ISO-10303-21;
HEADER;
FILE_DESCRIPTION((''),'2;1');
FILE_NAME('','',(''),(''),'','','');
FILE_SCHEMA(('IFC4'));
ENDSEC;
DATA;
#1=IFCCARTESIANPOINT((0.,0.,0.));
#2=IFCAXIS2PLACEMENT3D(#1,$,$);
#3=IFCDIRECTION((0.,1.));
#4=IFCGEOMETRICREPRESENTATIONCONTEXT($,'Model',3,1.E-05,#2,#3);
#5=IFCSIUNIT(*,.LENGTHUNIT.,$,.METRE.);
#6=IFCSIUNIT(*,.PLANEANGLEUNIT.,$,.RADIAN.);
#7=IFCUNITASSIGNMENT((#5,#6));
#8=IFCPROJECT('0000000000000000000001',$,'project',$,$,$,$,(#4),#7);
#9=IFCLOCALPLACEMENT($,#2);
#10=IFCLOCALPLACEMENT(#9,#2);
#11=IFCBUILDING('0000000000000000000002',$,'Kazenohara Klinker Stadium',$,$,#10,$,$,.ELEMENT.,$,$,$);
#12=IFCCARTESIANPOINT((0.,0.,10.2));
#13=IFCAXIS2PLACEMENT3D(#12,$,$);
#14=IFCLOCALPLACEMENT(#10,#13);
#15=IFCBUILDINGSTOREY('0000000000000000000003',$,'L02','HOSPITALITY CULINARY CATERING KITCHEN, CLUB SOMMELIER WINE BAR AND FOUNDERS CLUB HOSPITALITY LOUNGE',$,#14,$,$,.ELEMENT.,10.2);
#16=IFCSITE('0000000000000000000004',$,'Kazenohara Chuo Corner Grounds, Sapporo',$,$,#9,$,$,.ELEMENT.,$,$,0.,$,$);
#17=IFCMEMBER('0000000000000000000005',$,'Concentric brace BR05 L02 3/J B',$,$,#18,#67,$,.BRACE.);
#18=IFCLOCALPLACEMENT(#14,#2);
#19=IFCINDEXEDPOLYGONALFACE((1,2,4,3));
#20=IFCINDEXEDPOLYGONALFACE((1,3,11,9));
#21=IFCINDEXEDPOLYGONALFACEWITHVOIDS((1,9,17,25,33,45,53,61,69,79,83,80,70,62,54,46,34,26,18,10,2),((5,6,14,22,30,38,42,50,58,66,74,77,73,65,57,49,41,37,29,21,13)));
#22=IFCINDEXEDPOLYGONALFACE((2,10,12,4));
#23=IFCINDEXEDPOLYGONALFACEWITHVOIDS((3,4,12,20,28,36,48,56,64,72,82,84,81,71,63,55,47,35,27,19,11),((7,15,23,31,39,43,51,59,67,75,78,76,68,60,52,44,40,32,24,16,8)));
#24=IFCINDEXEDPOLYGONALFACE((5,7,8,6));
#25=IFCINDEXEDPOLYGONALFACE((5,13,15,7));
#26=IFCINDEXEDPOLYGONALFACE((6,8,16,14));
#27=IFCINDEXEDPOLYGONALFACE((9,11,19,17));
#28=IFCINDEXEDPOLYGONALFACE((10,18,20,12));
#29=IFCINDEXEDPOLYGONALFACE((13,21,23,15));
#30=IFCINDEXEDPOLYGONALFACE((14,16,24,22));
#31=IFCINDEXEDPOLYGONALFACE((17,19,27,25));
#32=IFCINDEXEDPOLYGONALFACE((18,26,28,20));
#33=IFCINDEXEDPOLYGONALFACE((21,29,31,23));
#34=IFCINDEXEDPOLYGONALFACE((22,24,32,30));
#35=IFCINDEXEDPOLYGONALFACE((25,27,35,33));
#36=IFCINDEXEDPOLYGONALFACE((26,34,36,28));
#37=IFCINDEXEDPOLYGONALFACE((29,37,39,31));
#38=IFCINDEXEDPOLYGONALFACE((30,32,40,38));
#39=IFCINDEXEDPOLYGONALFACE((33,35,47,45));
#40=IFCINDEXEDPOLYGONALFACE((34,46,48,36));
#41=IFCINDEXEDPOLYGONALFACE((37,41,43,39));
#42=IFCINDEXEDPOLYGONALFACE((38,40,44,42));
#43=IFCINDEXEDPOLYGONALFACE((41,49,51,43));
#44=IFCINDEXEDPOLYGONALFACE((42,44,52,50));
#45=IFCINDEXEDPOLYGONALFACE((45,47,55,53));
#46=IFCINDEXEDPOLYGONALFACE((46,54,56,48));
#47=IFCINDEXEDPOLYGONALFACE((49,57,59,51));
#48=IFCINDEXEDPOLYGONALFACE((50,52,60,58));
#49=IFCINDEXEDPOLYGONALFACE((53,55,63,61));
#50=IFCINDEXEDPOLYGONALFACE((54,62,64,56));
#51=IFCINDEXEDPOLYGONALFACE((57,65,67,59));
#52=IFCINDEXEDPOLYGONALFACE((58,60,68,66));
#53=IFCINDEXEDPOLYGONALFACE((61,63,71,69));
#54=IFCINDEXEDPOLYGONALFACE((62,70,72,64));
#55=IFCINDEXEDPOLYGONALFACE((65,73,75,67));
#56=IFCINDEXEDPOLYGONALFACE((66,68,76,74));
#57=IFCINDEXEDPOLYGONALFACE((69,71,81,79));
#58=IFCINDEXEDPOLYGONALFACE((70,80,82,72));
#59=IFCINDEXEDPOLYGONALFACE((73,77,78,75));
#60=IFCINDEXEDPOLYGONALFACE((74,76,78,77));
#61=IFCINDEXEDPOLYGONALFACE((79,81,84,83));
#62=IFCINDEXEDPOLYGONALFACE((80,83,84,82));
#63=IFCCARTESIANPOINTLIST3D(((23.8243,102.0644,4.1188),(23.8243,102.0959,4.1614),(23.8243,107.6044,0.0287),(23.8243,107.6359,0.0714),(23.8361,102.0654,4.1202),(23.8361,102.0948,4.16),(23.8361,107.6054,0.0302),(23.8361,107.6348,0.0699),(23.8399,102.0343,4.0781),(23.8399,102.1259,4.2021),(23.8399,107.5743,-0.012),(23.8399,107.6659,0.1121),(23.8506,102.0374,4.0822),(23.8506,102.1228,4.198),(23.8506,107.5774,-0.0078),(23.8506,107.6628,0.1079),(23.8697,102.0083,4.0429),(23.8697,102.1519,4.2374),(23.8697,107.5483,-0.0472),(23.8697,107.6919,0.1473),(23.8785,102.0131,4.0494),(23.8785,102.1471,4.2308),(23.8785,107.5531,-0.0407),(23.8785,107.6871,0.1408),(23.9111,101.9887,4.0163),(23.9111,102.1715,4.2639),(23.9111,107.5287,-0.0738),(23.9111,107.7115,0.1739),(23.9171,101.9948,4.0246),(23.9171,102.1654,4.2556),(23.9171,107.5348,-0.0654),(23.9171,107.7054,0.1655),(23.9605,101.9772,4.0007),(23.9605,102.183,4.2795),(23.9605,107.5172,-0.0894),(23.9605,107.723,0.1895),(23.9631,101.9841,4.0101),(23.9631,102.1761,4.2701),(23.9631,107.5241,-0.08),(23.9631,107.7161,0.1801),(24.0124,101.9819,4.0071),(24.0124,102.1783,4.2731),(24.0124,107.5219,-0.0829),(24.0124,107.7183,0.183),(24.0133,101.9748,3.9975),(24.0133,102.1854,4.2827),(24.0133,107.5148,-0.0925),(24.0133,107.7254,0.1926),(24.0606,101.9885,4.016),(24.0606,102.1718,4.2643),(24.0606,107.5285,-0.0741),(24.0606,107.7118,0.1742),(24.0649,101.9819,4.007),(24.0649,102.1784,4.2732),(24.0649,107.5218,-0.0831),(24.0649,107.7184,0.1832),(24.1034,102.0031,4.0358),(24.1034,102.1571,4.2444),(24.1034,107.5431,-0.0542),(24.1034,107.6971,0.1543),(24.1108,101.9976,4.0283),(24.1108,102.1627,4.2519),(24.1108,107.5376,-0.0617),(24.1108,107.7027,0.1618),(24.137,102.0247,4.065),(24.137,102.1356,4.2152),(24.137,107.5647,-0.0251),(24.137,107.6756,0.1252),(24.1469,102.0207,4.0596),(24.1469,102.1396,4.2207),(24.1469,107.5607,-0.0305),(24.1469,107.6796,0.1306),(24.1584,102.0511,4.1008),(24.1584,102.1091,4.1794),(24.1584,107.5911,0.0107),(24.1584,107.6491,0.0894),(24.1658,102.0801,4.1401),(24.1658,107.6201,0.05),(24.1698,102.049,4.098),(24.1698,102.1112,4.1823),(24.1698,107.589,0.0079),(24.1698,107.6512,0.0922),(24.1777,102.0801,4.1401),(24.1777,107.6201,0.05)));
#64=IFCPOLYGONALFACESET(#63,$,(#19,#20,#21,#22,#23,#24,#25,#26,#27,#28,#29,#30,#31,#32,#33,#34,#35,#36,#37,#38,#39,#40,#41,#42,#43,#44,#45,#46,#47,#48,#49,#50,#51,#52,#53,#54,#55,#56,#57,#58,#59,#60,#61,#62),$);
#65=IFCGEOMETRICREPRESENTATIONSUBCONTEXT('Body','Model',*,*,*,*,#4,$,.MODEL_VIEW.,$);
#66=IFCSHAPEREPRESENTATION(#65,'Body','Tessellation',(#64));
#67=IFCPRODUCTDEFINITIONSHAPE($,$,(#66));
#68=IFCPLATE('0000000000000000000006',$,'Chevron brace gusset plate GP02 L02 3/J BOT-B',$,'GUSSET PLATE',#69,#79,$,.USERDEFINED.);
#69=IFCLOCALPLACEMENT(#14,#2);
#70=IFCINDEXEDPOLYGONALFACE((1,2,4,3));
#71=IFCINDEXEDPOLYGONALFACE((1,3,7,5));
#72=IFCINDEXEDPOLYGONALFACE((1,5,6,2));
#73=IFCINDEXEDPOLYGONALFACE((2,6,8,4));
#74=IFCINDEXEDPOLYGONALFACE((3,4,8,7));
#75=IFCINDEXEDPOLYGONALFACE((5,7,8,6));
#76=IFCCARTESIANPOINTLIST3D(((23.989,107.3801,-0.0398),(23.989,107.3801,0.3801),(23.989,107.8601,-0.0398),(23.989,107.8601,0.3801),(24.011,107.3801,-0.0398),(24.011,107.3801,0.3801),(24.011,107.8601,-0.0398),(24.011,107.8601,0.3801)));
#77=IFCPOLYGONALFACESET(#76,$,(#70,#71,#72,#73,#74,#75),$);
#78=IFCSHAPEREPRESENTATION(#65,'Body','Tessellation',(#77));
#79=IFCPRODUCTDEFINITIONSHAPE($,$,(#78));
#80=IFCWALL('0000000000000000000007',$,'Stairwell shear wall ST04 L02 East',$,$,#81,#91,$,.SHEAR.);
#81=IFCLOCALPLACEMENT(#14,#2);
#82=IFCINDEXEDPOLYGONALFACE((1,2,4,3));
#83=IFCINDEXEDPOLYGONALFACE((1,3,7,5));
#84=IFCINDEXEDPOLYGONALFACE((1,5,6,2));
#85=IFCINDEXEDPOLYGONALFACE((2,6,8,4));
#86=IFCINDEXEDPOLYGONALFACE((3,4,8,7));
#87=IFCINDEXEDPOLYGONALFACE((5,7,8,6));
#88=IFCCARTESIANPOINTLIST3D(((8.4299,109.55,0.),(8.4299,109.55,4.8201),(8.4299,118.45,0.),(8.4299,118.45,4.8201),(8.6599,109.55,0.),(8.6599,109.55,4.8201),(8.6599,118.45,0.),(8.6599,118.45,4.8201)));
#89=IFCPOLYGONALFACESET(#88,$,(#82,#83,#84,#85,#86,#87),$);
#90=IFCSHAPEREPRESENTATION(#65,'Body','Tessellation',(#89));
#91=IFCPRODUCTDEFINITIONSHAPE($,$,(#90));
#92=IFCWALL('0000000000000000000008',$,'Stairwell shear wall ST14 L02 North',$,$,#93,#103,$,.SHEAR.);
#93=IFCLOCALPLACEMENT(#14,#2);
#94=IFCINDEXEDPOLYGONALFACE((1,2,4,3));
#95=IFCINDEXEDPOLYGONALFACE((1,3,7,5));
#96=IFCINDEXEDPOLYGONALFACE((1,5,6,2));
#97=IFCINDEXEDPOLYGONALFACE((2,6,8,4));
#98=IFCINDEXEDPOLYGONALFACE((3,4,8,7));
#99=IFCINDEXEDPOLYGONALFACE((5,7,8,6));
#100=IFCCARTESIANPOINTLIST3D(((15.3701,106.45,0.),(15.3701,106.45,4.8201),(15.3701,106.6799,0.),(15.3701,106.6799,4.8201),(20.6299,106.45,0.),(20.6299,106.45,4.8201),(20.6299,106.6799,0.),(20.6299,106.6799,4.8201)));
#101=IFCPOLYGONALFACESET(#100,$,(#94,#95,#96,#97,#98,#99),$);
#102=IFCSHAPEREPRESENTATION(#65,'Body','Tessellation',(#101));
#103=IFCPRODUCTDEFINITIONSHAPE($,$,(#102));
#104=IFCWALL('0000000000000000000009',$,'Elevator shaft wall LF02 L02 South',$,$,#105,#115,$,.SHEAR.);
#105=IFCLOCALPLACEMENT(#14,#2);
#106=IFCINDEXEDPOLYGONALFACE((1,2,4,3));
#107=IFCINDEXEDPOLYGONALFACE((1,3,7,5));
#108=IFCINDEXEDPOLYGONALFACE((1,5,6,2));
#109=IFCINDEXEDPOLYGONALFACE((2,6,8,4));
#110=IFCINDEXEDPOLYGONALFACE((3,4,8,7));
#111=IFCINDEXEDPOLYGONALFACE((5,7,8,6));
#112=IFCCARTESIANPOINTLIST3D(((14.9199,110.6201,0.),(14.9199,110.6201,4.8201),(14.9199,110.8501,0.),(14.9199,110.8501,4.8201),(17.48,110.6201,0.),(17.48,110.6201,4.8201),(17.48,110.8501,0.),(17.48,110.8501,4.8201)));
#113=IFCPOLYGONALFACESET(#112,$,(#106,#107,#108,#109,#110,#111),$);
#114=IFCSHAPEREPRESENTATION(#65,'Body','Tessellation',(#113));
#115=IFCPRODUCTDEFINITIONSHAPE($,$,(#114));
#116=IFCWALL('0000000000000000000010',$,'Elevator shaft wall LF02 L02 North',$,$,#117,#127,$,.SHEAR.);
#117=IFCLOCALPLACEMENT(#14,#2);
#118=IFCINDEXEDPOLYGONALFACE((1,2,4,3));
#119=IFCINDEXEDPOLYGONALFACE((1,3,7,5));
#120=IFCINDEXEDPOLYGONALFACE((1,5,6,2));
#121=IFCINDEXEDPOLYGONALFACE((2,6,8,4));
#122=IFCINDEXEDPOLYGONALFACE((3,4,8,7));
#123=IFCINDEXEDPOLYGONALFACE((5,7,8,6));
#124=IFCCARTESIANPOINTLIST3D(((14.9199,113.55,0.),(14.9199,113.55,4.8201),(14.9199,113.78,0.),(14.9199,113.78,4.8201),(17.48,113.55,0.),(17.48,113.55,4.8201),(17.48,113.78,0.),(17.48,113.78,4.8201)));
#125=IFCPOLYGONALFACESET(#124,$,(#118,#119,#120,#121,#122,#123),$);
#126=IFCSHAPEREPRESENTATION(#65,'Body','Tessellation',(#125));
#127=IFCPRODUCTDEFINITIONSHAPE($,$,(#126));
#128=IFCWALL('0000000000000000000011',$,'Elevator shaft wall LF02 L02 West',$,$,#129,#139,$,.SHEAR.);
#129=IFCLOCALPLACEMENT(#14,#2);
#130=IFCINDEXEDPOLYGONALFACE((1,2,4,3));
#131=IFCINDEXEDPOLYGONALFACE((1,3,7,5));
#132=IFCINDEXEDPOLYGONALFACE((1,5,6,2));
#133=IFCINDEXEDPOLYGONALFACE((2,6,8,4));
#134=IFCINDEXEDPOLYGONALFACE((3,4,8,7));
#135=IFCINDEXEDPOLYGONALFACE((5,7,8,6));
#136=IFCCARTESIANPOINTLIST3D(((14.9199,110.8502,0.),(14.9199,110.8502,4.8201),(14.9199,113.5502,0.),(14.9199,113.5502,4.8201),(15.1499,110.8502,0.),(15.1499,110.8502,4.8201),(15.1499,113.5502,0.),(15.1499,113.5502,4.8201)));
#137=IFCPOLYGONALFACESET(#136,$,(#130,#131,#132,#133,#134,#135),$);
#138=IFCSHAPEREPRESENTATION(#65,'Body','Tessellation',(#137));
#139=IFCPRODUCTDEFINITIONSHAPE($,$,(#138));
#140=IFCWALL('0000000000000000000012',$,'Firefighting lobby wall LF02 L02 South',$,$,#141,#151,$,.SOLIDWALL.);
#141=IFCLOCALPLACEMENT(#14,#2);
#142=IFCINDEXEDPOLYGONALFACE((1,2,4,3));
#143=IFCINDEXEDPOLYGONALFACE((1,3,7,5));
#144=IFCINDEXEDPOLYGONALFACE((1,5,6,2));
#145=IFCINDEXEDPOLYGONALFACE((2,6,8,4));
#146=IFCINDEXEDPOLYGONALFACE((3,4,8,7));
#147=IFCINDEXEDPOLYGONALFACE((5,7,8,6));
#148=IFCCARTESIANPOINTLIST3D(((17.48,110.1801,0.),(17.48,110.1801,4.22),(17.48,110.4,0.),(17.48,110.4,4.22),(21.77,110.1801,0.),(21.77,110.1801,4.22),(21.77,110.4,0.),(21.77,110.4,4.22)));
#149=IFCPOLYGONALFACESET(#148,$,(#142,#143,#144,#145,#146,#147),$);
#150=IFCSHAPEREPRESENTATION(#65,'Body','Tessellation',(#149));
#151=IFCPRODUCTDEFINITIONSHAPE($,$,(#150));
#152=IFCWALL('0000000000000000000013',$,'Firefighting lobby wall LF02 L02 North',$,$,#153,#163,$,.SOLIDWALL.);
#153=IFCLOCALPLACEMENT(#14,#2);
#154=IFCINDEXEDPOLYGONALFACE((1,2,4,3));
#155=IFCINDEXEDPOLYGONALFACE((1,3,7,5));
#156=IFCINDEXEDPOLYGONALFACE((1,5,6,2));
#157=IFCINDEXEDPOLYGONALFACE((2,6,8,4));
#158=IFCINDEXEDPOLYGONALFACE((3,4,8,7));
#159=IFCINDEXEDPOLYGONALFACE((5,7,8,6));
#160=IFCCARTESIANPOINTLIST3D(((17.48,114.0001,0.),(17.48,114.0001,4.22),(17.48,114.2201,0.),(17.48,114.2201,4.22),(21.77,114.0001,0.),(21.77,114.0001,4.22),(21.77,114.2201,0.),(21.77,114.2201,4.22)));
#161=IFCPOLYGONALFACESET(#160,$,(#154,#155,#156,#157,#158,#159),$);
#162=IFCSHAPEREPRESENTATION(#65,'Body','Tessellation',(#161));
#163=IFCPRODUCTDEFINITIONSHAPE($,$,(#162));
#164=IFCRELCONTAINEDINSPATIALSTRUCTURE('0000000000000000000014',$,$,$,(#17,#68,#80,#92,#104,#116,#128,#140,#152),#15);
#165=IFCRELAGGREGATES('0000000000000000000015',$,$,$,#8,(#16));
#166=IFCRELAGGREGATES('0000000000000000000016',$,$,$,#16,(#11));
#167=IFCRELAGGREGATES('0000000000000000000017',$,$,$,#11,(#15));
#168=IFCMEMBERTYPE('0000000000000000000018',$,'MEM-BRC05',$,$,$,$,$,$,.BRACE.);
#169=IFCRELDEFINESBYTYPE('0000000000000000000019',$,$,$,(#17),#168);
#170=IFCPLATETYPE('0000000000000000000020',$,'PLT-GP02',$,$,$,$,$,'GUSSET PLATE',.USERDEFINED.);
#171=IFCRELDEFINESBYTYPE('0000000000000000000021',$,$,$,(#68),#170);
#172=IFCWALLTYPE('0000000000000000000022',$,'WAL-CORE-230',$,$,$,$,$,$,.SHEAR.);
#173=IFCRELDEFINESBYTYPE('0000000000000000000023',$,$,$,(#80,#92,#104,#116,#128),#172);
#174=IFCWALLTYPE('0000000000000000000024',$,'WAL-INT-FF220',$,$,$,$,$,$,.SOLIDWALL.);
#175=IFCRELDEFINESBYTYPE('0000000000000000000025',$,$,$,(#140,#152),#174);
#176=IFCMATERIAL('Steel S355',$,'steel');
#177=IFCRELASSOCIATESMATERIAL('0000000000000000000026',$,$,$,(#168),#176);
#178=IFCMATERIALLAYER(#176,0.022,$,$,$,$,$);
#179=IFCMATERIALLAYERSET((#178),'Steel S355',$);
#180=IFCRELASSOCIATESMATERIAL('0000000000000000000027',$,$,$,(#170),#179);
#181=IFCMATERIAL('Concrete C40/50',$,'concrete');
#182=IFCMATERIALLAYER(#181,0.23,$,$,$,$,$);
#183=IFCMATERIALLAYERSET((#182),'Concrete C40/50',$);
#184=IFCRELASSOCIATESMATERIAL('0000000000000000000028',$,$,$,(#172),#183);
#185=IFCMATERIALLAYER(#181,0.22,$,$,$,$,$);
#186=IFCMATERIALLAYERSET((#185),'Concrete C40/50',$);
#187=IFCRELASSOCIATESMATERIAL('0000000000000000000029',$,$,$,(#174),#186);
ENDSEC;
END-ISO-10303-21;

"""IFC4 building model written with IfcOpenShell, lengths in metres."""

from ifc_helpers import new_model, si_unit, direction, frame, frame_2d, origin, origin_2d, place, context, subcontext, project, spatial, rectangle, hollow_circle, extrude, material, layer, layer_set, material_profile, profile_set, type_object, element, save


model = new_model("IFC4")

# Units and contexts
model_context = context("Model", 3, precision=1e-05, world=origin(), true_north=direction((0.0, 1.0)))
body_context = subcontext(model_context, "Body", "Model", "MODEL_VIEW")
ifc_project = project(units=[si_unit("LENGTHUNIT", "METRE"), si_unit("PLANEANGLEUNIT", "RADIAN")], contexts=[model_context])

# Site, building, storey
site_placement = place(None, origin())
site = spatial("IfcSite", under=ifc_project, at=site_placement, Name="Kazenohara Chuo Corner Grounds, Sapporo", CompositionType="ELEMENT", RefElevation=0.0)
building_placement = place(site_placement, origin())
building = spatial("IfcBuilding", under=site, at=building_placement, Name="Kazenohara Klinker Stadium", CompositionType="ELEMENT")
storey_placement = place(building_placement, frame((0.0, 0.0, 10.2)))
storey = spatial("IfcBuildingStorey", under=building, at=storey_placement, Name="L02", Description="HOSPITALITY CULINARY CATERING KITCHEN, CLUB SOMMELIER WINE BAR AND FOUNDERS CLUB HOSPITALITY LOUNGE", CompositionType="ELEMENT", Elevation=10.2)

# Shared definitions
ifc_material_1 = material(Name="Concrete C40/50", Category="concrete")

# Shared definitions
ifc_material_2 = material(Name="Steel S355", Category="steel")

# Member
ifc_material_profile_1 = material_profile(ifc_material_2, hollow_circle(Radius=0.1777, WallThickness=0.012, at=origin_2d()), Name="CHS-355.6x12")
ifc_profile_set_1 = profile_set([ifc_material_profile_1], Name="Steel S355")
member_type = type_object("IfcMemberType", Name="MEM-BRC05", PredefinedType="BRACE", material=ifc_profile_set_1)
member_placement = place(storey_placement, frame((24.0, 107.6201, 0.05), z_axis=(0.0, -0.804504, 0.593947), x_axis=(1.0, 0.0, 0.0)))
element("IfcMember", 1, at=member_placement, inside=storey, type_object=member_type, Name="Concentric brace BR05 L02 3/J B", PredefinedType="BRACE", context=body_context, shape_type="SweptSolid", body=[
    extrude(hollow_circle(Radius=0.1777, WallThickness=0.012, at=origin_2d()), origin(), (0.0, 0.0, 1.0), 6.8862),
])

# Plate
ifc_layer_1 = layer(ifc_material_2, 0.022)
ifc_layer_set_1 = layer_set([ifc_layer_1], Name="Steel S355")
plate_type = type_object("IfcPlateType", Name="PLT-GP02", ElementType="GUSSET PLATE", PredefinedType="USERDEFINED", material=ifc_layer_set_1)
plate_placement = place(storey_placement, frame((24.0, 107.6201, -0.0398), z_axis=(0.0, 0.0, 1.0), x_axis=(1.0, 0.0, 0.0)))
element("IfcPlate", 2, at=plate_placement, inside=storey, type_object=plate_type, Name="Chevron brace gusset plate GP02 L02 3/J BOT-B", ObjectType="GUSSET PLATE", PredefinedType="USERDEFINED", context=body_context, shape_type="SweptSolid", body=[
    extrude(rectangle(XDim=0.022, YDim=0.48, at=origin_2d()), origin(), (0.0, 0.0, 1.0), 0.4199),
])

# Walls
ifc_layer_2 = layer(ifc_material_1, 0.23)
ifc_layer_set_2 = layer_set([ifc_layer_2], Name="Concrete C40/50")
wall_type_1 = type_object("IfcWallType", Name="WAL-CORE-230", PredefinedType="SHEAR", material=ifc_layer_set_2)
wall_1_placement = place(storey_placement, frame((8.5449, 109.55, 0.0), z_axis=(0.0, 0.0, 1.0), x_axis=(0.0, 1.0, 0.0)))
element("IfcWall", 3, at=wall_1_placement, inside=storey, type_object=wall_type_1, Name="Stairwell shear wall ST04 L02 East", PredefinedType="SHEAR", context=body_context, shape_type="SweptSolid", body=[
    extrude(rectangle(XDim=8.8999, YDim=0.23, at=frame_2d((4.45, 0.0))), origin(), (0.0, 0.0, 1.0), 4.8201),
])
wall_2_placement = place(storey_placement, frame((15.3701, 106.5649, 0.0), z_axis=(0.0, 0.0, 1.0), x_axis=(1.0, 0.0, 0.0)))
element("IfcWall", 4, at=wall_2_placement, inside=storey, type_object=wall_type_1, Name="Stairwell shear wall ST14 L02 North", PredefinedType="SHEAR", context=body_context, shape_type="SweptSolid", body=[
    extrude(rectangle(XDim=5.2598, YDim=0.23, at=frame_2d((2.6299, 0.0))), origin(), (0.0, 0.0, 1.0), 4.8201),
])
for number, where, z_axis, x_axis, name in (
    (5, (14.9199, 110.7351, 0.0), (0.0, 0.0, 1.0), (1.0, 0.0, 0.0), "Elevator shaft wall LF02 L02 South"),
    (6, (14.9199, 113.665, 0.0), (0.0, 0.0, 1.0), (1.0, 0.0, 0.0), "Elevator shaft wall LF02 L02 North"),
):
    element("IfcWall", number, at=place(storey_placement, frame(where, z_axis=z_axis, x_axis=x_axis)), inside=storey, type_object=wall_type_1, Name=name, PredefinedType="SHEAR", context=body_context, shape_type="SweptSolid", body=[
        extrude(rectangle(XDim=2.5601, YDim=0.23, at=frame_2d((1.28, 0.0))), origin(), (0.0, 0.0, 1.0), 4.8201),
    ])
wall_3_placement = place(storey_placement, frame((15.0349, 110.8501, 0.0), z_axis=(0.0, 0.0, 1.0), x_axis=(0.0, 1.0, 0.0)))
element("IfcWall", 7, at=wall_3_placement, inside=storey, type_object=wall_type_1, Name="Elevator shaft wall LF02 L02 West", PredefinedType="SHEAR", context=body_context, shape_type="SweptSolid", body=[
    extrude(rectangle(XDim=2.7, YDim=0.23, at=frame_2d((1.3501, 0.0))), origin(), (0.0, 0.0, 1.0), 4.8201),
])

# Walls
ifc_layer_3 = layer(ifc_material_1, 0.22)
ifc_layer_set_3 = layer_set([ifc_layer_3], Name="Concrete C40/50")
wall_type_2 = type_object("IfcWallType", Name="WAL-INT-FF220", PredefinedType="SOLIDWALL", material=ifc_layer_set_3)
for number, where, z_axis, x_axis, name in (
    (8, (17.48, 110.29, 0.0), (0.0, 0.0, 1.0), (1.0, 0.0, 0.0), "Firefighting lobby wall LF02 L02 South"),
    (9, (17.48, 114.1101, 0.0), (0.0, 0.0, 1.0), (1.0, 0.0, 0.0), "Firefighting lobby wall LF02 L02 North"),
):
    element("IfcWall", number, at=place(storey_placement, frame(where, z_axis=z_axis, x_axis=x_axis)), inside=storey, type_object=wall_type_2, Name=name, PredefinedType="SOLIDWALL", context=body_context, shape_type="SweptSolid", body=[
        extrude(rectangle(XDim=4.29, YDim=0.22, at=frame_2d((2.145, 0.0))), origin(), (0.0, 0.0, 1.0), 4.22),
    ])

save(model, "model.ifc")
